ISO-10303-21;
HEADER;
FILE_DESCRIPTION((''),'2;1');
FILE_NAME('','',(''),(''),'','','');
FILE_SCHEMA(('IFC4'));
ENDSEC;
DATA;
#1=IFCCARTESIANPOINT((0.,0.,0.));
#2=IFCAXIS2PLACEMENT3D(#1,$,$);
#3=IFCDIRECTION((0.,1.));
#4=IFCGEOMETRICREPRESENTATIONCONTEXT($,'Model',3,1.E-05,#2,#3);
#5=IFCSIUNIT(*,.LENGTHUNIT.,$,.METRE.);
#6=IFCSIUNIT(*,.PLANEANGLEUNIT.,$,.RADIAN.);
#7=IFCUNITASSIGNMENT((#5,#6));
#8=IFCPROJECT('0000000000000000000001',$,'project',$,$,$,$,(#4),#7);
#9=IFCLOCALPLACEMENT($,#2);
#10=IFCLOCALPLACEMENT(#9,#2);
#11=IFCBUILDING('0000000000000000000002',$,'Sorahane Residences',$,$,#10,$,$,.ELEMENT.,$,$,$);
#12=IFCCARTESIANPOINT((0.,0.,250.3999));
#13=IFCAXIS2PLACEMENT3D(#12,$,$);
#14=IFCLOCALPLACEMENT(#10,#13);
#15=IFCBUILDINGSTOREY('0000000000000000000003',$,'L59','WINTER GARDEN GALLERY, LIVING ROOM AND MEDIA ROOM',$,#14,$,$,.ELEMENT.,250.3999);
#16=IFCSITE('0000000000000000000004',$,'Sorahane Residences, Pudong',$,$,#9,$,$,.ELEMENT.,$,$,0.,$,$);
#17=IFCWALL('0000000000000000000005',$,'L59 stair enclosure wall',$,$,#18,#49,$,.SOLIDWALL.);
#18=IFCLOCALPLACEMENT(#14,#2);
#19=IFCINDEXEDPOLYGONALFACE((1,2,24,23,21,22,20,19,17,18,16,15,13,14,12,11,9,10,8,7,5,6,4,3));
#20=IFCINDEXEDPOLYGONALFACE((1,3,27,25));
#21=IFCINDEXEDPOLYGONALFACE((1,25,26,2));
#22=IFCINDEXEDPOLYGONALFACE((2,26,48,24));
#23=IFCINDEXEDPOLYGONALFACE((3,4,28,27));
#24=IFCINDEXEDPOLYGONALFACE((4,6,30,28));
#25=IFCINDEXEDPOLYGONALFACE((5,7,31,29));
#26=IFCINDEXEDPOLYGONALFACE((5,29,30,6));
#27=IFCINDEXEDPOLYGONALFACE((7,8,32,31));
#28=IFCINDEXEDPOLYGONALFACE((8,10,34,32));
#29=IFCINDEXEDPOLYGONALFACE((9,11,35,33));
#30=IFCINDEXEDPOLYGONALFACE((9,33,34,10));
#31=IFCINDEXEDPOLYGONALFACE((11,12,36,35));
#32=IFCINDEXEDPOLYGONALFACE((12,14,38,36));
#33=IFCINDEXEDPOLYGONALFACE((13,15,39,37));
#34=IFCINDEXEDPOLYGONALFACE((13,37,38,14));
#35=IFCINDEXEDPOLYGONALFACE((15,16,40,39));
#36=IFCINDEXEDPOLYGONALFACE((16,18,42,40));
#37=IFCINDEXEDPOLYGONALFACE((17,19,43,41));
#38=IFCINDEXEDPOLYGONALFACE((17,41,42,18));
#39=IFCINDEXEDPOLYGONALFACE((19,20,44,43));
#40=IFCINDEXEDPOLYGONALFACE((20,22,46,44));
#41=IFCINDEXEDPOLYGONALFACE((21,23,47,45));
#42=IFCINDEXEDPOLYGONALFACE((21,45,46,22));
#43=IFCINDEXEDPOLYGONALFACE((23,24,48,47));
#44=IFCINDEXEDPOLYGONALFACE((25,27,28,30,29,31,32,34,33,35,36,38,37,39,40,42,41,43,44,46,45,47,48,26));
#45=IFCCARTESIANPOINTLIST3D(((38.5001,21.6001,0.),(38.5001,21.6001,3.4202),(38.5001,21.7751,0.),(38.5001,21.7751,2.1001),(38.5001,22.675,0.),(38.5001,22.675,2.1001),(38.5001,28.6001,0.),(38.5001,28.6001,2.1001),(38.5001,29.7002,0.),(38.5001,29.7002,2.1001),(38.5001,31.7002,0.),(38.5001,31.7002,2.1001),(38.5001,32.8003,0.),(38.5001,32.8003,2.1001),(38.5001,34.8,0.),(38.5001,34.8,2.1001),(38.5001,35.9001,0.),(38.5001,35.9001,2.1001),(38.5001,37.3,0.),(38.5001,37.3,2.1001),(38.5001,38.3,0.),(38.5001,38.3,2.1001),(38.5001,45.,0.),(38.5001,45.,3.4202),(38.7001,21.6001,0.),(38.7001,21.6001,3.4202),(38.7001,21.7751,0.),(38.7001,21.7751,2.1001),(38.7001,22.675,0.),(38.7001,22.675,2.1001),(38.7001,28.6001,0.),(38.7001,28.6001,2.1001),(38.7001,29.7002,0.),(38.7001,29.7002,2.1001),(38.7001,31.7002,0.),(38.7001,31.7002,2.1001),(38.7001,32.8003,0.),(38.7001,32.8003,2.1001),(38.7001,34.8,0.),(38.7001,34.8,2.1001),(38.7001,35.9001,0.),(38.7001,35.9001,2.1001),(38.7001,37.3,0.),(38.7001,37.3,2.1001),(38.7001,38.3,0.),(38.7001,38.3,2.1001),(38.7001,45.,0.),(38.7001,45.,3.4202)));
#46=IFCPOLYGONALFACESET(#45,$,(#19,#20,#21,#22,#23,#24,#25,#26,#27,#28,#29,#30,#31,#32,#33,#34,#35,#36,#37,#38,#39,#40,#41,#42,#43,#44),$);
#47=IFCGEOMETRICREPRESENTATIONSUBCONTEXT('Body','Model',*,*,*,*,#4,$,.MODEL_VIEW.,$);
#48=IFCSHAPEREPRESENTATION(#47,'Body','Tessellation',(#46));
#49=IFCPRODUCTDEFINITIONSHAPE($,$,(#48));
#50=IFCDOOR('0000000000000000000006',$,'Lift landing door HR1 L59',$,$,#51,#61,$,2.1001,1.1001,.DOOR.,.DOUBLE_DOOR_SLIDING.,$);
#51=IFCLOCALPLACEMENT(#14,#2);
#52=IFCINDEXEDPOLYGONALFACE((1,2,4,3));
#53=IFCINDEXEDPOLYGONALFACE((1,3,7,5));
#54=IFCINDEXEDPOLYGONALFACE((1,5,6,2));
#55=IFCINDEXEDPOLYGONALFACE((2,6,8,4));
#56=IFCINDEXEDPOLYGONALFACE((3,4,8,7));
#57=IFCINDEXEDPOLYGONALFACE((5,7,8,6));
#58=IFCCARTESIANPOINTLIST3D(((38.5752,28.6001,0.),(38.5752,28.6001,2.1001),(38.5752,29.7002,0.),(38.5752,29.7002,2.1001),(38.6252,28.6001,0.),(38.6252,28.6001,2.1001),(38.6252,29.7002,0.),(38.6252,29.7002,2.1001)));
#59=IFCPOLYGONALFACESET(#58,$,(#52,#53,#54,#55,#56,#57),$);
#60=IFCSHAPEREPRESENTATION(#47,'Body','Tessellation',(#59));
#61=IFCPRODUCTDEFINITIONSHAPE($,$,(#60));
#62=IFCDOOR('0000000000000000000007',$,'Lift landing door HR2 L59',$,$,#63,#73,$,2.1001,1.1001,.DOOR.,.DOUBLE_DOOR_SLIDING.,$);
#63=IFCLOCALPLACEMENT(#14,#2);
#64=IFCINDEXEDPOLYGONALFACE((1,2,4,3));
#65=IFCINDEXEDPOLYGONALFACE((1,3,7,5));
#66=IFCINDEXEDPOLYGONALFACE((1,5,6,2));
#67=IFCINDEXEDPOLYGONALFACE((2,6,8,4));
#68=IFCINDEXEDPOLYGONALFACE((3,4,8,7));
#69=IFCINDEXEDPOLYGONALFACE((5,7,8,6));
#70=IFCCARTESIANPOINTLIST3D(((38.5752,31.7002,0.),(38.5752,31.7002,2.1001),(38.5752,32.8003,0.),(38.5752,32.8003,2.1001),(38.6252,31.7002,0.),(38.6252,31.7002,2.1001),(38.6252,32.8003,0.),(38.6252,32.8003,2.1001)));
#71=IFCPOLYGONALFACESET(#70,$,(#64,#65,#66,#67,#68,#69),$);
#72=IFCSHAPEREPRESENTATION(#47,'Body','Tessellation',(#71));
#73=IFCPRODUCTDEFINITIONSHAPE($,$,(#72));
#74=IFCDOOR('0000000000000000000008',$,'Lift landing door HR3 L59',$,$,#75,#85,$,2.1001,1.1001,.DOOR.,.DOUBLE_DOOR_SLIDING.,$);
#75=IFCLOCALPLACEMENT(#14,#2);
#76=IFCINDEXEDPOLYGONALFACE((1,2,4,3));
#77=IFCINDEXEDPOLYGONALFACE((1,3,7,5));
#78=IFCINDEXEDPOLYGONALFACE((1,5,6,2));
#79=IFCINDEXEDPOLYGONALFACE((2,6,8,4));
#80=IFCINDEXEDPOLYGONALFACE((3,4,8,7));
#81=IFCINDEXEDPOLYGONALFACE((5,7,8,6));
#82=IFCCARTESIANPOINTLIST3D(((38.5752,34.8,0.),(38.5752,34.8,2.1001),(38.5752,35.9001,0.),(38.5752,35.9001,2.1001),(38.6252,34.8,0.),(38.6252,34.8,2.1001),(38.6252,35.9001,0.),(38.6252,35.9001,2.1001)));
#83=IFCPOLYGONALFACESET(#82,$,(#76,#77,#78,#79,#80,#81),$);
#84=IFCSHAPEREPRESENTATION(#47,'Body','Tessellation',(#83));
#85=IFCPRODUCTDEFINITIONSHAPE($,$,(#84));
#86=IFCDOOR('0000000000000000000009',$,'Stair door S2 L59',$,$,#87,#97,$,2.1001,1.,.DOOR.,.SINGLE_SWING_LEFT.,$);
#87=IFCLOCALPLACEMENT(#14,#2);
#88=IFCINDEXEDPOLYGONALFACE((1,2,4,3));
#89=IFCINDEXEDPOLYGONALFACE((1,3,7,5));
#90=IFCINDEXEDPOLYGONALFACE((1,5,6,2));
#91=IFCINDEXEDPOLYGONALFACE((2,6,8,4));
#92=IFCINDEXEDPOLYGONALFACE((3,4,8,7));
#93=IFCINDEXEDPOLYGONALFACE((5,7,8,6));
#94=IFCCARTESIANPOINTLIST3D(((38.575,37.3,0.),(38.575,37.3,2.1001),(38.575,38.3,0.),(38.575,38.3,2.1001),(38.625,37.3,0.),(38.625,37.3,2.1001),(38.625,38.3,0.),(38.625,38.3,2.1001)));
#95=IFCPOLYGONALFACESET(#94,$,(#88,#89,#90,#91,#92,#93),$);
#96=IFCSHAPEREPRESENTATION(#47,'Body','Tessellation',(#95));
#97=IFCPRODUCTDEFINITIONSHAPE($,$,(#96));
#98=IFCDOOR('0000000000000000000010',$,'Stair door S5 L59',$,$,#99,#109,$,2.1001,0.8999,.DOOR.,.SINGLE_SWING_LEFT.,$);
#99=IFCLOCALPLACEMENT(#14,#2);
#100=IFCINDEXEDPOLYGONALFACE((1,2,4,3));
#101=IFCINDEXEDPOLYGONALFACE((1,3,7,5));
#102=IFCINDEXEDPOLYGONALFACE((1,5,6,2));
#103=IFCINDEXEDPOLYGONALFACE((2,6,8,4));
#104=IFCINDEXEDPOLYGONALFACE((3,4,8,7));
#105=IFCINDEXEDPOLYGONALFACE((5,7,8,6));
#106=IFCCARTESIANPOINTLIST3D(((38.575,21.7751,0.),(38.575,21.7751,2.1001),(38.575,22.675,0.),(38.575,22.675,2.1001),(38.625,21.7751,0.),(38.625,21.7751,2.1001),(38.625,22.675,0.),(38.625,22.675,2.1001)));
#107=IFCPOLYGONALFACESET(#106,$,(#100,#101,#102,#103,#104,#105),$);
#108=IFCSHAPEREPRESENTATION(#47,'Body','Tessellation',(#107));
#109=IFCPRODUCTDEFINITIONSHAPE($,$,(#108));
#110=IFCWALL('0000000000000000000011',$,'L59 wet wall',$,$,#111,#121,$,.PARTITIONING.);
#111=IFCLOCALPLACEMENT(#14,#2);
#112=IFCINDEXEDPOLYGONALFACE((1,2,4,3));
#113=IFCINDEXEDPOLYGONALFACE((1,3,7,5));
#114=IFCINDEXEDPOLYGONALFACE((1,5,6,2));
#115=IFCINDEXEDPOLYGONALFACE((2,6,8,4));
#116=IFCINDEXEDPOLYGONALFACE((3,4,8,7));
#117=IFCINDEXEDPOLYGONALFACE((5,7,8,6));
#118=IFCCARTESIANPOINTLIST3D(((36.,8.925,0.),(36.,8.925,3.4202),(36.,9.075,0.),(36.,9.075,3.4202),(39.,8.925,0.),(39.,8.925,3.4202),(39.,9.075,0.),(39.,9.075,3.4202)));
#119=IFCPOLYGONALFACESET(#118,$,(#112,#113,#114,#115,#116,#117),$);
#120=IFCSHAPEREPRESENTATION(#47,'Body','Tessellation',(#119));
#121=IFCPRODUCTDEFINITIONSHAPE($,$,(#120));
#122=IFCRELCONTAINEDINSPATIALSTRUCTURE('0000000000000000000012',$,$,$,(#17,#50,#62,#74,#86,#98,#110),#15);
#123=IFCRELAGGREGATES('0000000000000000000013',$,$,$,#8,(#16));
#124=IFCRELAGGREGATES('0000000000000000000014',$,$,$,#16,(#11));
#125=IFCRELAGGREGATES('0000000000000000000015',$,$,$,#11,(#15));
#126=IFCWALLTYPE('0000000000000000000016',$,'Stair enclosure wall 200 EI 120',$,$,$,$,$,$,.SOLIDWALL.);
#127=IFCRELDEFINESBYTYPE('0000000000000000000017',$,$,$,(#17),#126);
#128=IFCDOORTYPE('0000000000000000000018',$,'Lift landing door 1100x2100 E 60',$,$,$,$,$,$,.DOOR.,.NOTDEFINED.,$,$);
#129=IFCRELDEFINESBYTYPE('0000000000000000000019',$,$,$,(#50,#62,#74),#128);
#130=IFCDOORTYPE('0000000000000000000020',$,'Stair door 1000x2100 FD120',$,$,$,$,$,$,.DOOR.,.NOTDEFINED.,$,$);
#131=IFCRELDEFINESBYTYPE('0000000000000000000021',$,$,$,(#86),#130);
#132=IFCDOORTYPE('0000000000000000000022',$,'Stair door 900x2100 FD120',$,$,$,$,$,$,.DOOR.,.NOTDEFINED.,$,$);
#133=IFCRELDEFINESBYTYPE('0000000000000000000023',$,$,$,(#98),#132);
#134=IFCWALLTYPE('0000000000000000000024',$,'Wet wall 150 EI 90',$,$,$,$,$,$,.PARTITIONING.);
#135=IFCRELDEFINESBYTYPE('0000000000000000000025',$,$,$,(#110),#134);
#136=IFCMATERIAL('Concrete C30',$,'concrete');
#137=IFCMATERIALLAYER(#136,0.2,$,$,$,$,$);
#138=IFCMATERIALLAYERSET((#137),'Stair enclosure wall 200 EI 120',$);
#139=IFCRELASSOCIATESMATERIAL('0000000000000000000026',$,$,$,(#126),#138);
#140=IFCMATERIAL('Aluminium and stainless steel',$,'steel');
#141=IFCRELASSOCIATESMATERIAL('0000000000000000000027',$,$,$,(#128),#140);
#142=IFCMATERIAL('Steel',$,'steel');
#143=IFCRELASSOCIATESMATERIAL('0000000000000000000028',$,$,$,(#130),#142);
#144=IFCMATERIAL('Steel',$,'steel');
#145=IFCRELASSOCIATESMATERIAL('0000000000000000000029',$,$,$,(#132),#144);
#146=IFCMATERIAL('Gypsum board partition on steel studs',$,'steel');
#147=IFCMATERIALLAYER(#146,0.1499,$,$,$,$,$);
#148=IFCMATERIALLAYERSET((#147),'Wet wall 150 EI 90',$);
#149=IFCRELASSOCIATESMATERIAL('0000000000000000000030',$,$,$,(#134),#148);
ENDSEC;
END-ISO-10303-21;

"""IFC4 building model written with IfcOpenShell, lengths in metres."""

from ifc_helpers import new_model, si_unit, direction, frame, frame_2d, origin, place, context, subcontext, project, spatial, rectangle, extrude, material, layer, layer_set, type_object, element, fill, save


model = new_model("IFC4")

# Units and contexts
model_context = context("Model", 3, precision=1e-05, world=origin(), true_north=direction((0.0, 1.0)))
body_context = subcontext(model_context, "Body", "Model", "MODEL_VIEW")
ifc_project = project(units=[si_unit("LENGTHUNIT", "METRE"), si_unit("PLANEANGLEUNIT", "RADIAN")], contexts=[model_context])

# Site, building, storey
site_placement = place(None, origin())
site = spatial("IfcSite", under=ifc_project, at=site_placement, Name="Sorahane Residences, Pudong", CompositionType="ELEMENT", RefElevation=0.0)
building_placement = place(site_placement, origin())
building = spatial("IfcBuilding", under=site, at=building_placement, Name="Sorahane Residences", CompositionType="ELEMENT")
storey_placement = place(building_placement, frame((0.0, 0.0, 250.3999)))
storey = spatial("IfcBuildingStorey", under=building, at=storey_placement, Name="L59", Description="WINTER GARDEN GALLERY, LIVING ROOM AND MEDIA ROOM", CompositionType="ELEMENT", Elevation=250.3999)

# Wall, openings, doors
ifc_material_1 = material(Name="Concrete C30", Category="concrete")
ifc_layer_1 = layer(ifc_material_1, 0.2)
ifc_layer_set_1 = layer_set([ifc_layer_1], Name="Stair enclosure wall 200 EI 120")
wall_type_1 = type_object("IfcWallType", Name="Stair enclosure wall 200 EI 120", PredefinedType="SOLIDWALL", material=ifc_layer_set_1)
wall_1_placement = place(storey_placement, frame((38.6001, 21.6001, 0.0), z_axis=(0.0, 0.0, 1.0), x_axis=(0.0, 1.0, 0.0)))
wall_1 = element("IfcWall", 1, at=wall_1_placement, inside=storey, type_object=wall_type_1, Name="L59 stair enclosure wall", PredefinedType="SOLIDWALL", context=body_context, shape_type="SweptSolid", body=[
    extrude(rectangle(XDim=23.3999, YDim=0.2, at=frame_2d((11.7, 0.0))), origin(), (0.0, 0.0, 1.0), 3.4202),
])
opening_1_placement = place(wall_1_placement, frame((7.0, 0.0, 0.0)))
opening_1 = element("IfcOpeningElement", 2, at=opening_1_placement, cuts=wall_1, PredefinedType="OPENING", context=body_context, shape_type="SweptSolid", body=[
    extrude(rectangle(XDim=1.1001, YDim=2.1001, at=frame_2d((0.55, 1.05))), frame((0.0, 0.1099, 0.0), z_axis=(0.0, -1.0, 0.0), x_axis=(1.0, 0.0, 0.0)), (0.0, 0.0, 1.0), 0.22),
])
opening_2_placement = place(wall_1_placement, frame((10.1001, 0.0, 0.0)))
opening_2 = element("IfcOpeningElement", 3, at=opening_2_placement, cuts=wall_1, PredefinedType="OPENING", context=body_context, shape_type="SweptSolid", body=[
    extrude(rectangle(XDim=1.1001, YDim=2.1001, at=frame_2d((0.55, 1.05))), frame((0.0, 0.1099, 0.0), z_axis=(0.0, -1.0, 0.0), x_axis=(1.0, 0.0, 0.0)), (0.0, 0.0, 1.0), 0.22),
])
opening_3_placement = place(wall_1_placement, frame((13.2, 0.0, 0.0)))
opening_3 = element("IfcOpeningElement", 4, at=opening_3_placement, cuts=wall_1, PredefinedType="OPENING", context=body_context, shape_type="SweptSolid", body=[
    extrude(rectangle(XDim=1.1001, YDim=2.1001, at=frame_2d((0.55, 1.05))), frame((0.0, 0.1099, 0.0), z_axis=(0.0, -1.0, 0.0), x_axis=(1.0, 0.0, 0.0)), (0.0, 0.0, 1.0), 0.22),
])
opening_4_placement = place(wall_1_placement, frame((15.7, 0.0, 0.0)))
opening_4 = element("IfcOpeningElement", 5, at=opening_4_placement, cuts=wall_1, PredefinedType="OPENING", context=body_context, shape_type="SweptSolid", body=[
    extrude(rectangle(XDim=1.0, YDim=2.1001, at=frame_2d((0.5, 1.05))), frame((0.0, 0.1099, 0.0), z_axis=(0.0, -1.0, 0.0), x_axis=(1.0, 0.0, 0.0)), (0.0, 0.0, 1.0), 0.22),
])
opening_5_placement = place(wall_1_placement, frame((0.175, 0.0, 0.0)))
opening_5 = element("IfcOpeningElement", 6, at=opening_5_placement, cuts=wall_1, PredefinedType="OPENING", context=body_context, shape_type="SweptSolid", body=[
    extrude(rectangle(XDim=0.8999, YDim=2.1001, at=frame_2d((0.45, 1.05))), frame((0.0, 0.1099, 0.0), z_axis=(0.0, -1.0, 0.0), x_axis=(1.0, 0.0, 0.0)), (0.0, 0.0, 1.0), 0.22),
])
ifc_material_2 = material(Name="Aluminium and stainless steel", Category="steel")
door_type_1 = type_object("IfcDoorType", Name="Lift landing door 1100x2100 E 60", OperationType="NOTDEFINED", PredefinedType="DOOR", material=ifc_material_2)
door_1_placement = place(opening_1_placement, origin())
door_1 = element("IfcDoor", 7, at=door_1_placement, inside=storey, type_object=door_type_1, Name="Lift landing door HR1 L59", OperationType="DOUBLE_DOOR_SLIDING", OverallHeight=2.1001, OverallWidth=1.1001, PredefinedType="DOOR", context=body_context, shape_type="SweptSolid", body=[
    extrude(rectangle(XDim=1.1001, YDim=2.1001, at=frame_2d((0.55, 1.05))), frame((0.0, 0.0249, 0.0), z_axis=(0.0, -1.0, 0.0), x_axis=(1.0, 0.0, 0.0)), (0.0, 0.0, 1.0), 0.05),
])
fill(opening_1, door_1)
door_2_placement = place(opening_2_placement, origin())
door_2 = element("IfcDoor", 8, at=door_2_placement, inside=storey, type_object=door_type_1, Name="Lift landing door HR2 L59", OperationType="DOUBLE_DOOR_SLIDING", OverallHeight=2.1001, OverallWidth=1.1001, PredefinedType="DOOR", context=body_context, shape_type="SweptSolid", body=[
    extrude(rectangle(XDim=1.1001, YDim=2.1001, at=frame_2d((0.55, 1.05))), frame((0.0, 0.0249, 0.0), z_axis=(0.0, -1.0, 0.0), x_axis=(1.0, 0.0, 0.0)), (0.0, 0.0, 1.0), 0.05),
])
fill(opening_2, door_2)
door_3_placement = place(opening_3_placement, origin())
door_3 = element("IfcDoor", 9, at=door_3_placement, inside=storey, type_object=door_type_1, Name="Lift landing door HR3 L59", OperationType="DOUBLE_DOOR_SLIDING", OverallHeight=2.1001, OverallWidth=1.1001, PredefinedType="DOOR", context=body_context, shape_type="SweptSolid", body=[
    extrude(rectangle(XDim=1.1001, YDim=2.1001, at=frame_2d((0.55, 1.05))), frame((0.0, 0.0249, 0.0), z_axis=(0.0, -1.0, 0.0), x_axis=(1.0, 0.0, 0.0)), (0.0, 0.0, 1.0), 0.05),
])
fill(opening_3, door_3)
ifc_material_3 = material(Name="Steel", Category="steel")
door_type_2 = type_object("IfcDoorType", Name="Stair door 1000x2100 FD120", OperationType="NOTDEFINED", PredefinedType="DOOR", material=ifc_material_3)
door_4_placement = place(opening_4_placement, frame((1.0, 0.0, 0.0), z_axis=(0.0, 0.0, 1.0), x_axis=(-1.0, 0.0, 0.0)))
door_4 = element("IfcDoor", 10, at=door_4_placement, inside=storey, type_object=door_type_2, Name="Stair door S2 L59", OperationType="SINGLE_SWING_LEFT", OverallHeight=2.1001, OverallWidth=1.0, PredefinedType="DOOR", context=body_context, shape_type="SweptSolid", body=[
    extrude(rectangle(XDim=1.0, YDim=2.1001, at=frame_2d((0.5, 1.05))), frame((0.0, 0.0249, 0.0), z_axis=(0.0, -1.0, 0.0), x_axis=(1.0, 0.0, 0.0)), (0.0, 0.0, 1.0), 0.05),
])
fill(opening_4, door_4)
ifc_material_4 = material(Name="Steel", Category="steel")
door_type_3 = type_object("IfcDoorType", Name="Stair door 900x2100 FD120", OperationType="NOTDEFINED", PredefinedType="DOOR", material=ifc_material_4)
door_5_placement = place(opening_5_placement, frame((0.8999, 0.0, 0.0), z_axis=(0.0, 0.0, 1.0), x_axis=(-1.0, 0.0, 0.0)))
door_5 = element("IfcDoor", 11, at=door_5_placement, inside=storey, type_object=door_type_3, Name="Stair door S5 L59", OperationType="SINGLE_SWING_LEFT", OverallHeight=2.1001, OverallWidth=0.8999, PredefinedType="DOOR", context=body_context, shape_type="SweptSolid", body=[
    extrude(rectangle(XDim=0.8999, YDim=2.1001, at=frame_2d((0.45, 1.05))), frame((0.0, 0.0249, 0.0), z_axis=(0.0, -1.0, 0.0), x_axis=(1.0, 0.0, 0.0)), (0.0, 0.0, 1.0), 0.05),
])
fill(opening_5, door_5)

# Wall
ifc_material_5 = material(Name="Gypsum board partition on steel studs", Category="steel")
ifc_layer_2 = layer(ifc_material_5, 0.1499)
ifc_layer_set_2 = layer_set([ifc_layer_2], Name="Wet wall 150 EI 90")
wall_type_2 = type_object("IfcWallType", Name="Wet wall 150 EI 90", PredefinedType="PARTITIONING", material=ifc_layer_set_2)
wall_2_placement = place(storey_placement, frame((36.0, 9.0, 0.0), z_axis=(0.0, 0.0, 1.0), x_axis=(1.0, 0.0, 0.0)))
element("IfcWall", 12, at=wall_2_placement, inside=storey, type_object=wall_type_2, Name="L59 wet wall", PredefinedType="PARTITIONING", context=body_context, shape_type="SweptSolid", body=[
    extrude(rectangle(XDim=3.0, YDim=0.1499, at=frame_2d((1.5, 0.0))), origin(), (0.0, 0.0, 1.0), 3.4202),
])

save(model, "model.ifc")
